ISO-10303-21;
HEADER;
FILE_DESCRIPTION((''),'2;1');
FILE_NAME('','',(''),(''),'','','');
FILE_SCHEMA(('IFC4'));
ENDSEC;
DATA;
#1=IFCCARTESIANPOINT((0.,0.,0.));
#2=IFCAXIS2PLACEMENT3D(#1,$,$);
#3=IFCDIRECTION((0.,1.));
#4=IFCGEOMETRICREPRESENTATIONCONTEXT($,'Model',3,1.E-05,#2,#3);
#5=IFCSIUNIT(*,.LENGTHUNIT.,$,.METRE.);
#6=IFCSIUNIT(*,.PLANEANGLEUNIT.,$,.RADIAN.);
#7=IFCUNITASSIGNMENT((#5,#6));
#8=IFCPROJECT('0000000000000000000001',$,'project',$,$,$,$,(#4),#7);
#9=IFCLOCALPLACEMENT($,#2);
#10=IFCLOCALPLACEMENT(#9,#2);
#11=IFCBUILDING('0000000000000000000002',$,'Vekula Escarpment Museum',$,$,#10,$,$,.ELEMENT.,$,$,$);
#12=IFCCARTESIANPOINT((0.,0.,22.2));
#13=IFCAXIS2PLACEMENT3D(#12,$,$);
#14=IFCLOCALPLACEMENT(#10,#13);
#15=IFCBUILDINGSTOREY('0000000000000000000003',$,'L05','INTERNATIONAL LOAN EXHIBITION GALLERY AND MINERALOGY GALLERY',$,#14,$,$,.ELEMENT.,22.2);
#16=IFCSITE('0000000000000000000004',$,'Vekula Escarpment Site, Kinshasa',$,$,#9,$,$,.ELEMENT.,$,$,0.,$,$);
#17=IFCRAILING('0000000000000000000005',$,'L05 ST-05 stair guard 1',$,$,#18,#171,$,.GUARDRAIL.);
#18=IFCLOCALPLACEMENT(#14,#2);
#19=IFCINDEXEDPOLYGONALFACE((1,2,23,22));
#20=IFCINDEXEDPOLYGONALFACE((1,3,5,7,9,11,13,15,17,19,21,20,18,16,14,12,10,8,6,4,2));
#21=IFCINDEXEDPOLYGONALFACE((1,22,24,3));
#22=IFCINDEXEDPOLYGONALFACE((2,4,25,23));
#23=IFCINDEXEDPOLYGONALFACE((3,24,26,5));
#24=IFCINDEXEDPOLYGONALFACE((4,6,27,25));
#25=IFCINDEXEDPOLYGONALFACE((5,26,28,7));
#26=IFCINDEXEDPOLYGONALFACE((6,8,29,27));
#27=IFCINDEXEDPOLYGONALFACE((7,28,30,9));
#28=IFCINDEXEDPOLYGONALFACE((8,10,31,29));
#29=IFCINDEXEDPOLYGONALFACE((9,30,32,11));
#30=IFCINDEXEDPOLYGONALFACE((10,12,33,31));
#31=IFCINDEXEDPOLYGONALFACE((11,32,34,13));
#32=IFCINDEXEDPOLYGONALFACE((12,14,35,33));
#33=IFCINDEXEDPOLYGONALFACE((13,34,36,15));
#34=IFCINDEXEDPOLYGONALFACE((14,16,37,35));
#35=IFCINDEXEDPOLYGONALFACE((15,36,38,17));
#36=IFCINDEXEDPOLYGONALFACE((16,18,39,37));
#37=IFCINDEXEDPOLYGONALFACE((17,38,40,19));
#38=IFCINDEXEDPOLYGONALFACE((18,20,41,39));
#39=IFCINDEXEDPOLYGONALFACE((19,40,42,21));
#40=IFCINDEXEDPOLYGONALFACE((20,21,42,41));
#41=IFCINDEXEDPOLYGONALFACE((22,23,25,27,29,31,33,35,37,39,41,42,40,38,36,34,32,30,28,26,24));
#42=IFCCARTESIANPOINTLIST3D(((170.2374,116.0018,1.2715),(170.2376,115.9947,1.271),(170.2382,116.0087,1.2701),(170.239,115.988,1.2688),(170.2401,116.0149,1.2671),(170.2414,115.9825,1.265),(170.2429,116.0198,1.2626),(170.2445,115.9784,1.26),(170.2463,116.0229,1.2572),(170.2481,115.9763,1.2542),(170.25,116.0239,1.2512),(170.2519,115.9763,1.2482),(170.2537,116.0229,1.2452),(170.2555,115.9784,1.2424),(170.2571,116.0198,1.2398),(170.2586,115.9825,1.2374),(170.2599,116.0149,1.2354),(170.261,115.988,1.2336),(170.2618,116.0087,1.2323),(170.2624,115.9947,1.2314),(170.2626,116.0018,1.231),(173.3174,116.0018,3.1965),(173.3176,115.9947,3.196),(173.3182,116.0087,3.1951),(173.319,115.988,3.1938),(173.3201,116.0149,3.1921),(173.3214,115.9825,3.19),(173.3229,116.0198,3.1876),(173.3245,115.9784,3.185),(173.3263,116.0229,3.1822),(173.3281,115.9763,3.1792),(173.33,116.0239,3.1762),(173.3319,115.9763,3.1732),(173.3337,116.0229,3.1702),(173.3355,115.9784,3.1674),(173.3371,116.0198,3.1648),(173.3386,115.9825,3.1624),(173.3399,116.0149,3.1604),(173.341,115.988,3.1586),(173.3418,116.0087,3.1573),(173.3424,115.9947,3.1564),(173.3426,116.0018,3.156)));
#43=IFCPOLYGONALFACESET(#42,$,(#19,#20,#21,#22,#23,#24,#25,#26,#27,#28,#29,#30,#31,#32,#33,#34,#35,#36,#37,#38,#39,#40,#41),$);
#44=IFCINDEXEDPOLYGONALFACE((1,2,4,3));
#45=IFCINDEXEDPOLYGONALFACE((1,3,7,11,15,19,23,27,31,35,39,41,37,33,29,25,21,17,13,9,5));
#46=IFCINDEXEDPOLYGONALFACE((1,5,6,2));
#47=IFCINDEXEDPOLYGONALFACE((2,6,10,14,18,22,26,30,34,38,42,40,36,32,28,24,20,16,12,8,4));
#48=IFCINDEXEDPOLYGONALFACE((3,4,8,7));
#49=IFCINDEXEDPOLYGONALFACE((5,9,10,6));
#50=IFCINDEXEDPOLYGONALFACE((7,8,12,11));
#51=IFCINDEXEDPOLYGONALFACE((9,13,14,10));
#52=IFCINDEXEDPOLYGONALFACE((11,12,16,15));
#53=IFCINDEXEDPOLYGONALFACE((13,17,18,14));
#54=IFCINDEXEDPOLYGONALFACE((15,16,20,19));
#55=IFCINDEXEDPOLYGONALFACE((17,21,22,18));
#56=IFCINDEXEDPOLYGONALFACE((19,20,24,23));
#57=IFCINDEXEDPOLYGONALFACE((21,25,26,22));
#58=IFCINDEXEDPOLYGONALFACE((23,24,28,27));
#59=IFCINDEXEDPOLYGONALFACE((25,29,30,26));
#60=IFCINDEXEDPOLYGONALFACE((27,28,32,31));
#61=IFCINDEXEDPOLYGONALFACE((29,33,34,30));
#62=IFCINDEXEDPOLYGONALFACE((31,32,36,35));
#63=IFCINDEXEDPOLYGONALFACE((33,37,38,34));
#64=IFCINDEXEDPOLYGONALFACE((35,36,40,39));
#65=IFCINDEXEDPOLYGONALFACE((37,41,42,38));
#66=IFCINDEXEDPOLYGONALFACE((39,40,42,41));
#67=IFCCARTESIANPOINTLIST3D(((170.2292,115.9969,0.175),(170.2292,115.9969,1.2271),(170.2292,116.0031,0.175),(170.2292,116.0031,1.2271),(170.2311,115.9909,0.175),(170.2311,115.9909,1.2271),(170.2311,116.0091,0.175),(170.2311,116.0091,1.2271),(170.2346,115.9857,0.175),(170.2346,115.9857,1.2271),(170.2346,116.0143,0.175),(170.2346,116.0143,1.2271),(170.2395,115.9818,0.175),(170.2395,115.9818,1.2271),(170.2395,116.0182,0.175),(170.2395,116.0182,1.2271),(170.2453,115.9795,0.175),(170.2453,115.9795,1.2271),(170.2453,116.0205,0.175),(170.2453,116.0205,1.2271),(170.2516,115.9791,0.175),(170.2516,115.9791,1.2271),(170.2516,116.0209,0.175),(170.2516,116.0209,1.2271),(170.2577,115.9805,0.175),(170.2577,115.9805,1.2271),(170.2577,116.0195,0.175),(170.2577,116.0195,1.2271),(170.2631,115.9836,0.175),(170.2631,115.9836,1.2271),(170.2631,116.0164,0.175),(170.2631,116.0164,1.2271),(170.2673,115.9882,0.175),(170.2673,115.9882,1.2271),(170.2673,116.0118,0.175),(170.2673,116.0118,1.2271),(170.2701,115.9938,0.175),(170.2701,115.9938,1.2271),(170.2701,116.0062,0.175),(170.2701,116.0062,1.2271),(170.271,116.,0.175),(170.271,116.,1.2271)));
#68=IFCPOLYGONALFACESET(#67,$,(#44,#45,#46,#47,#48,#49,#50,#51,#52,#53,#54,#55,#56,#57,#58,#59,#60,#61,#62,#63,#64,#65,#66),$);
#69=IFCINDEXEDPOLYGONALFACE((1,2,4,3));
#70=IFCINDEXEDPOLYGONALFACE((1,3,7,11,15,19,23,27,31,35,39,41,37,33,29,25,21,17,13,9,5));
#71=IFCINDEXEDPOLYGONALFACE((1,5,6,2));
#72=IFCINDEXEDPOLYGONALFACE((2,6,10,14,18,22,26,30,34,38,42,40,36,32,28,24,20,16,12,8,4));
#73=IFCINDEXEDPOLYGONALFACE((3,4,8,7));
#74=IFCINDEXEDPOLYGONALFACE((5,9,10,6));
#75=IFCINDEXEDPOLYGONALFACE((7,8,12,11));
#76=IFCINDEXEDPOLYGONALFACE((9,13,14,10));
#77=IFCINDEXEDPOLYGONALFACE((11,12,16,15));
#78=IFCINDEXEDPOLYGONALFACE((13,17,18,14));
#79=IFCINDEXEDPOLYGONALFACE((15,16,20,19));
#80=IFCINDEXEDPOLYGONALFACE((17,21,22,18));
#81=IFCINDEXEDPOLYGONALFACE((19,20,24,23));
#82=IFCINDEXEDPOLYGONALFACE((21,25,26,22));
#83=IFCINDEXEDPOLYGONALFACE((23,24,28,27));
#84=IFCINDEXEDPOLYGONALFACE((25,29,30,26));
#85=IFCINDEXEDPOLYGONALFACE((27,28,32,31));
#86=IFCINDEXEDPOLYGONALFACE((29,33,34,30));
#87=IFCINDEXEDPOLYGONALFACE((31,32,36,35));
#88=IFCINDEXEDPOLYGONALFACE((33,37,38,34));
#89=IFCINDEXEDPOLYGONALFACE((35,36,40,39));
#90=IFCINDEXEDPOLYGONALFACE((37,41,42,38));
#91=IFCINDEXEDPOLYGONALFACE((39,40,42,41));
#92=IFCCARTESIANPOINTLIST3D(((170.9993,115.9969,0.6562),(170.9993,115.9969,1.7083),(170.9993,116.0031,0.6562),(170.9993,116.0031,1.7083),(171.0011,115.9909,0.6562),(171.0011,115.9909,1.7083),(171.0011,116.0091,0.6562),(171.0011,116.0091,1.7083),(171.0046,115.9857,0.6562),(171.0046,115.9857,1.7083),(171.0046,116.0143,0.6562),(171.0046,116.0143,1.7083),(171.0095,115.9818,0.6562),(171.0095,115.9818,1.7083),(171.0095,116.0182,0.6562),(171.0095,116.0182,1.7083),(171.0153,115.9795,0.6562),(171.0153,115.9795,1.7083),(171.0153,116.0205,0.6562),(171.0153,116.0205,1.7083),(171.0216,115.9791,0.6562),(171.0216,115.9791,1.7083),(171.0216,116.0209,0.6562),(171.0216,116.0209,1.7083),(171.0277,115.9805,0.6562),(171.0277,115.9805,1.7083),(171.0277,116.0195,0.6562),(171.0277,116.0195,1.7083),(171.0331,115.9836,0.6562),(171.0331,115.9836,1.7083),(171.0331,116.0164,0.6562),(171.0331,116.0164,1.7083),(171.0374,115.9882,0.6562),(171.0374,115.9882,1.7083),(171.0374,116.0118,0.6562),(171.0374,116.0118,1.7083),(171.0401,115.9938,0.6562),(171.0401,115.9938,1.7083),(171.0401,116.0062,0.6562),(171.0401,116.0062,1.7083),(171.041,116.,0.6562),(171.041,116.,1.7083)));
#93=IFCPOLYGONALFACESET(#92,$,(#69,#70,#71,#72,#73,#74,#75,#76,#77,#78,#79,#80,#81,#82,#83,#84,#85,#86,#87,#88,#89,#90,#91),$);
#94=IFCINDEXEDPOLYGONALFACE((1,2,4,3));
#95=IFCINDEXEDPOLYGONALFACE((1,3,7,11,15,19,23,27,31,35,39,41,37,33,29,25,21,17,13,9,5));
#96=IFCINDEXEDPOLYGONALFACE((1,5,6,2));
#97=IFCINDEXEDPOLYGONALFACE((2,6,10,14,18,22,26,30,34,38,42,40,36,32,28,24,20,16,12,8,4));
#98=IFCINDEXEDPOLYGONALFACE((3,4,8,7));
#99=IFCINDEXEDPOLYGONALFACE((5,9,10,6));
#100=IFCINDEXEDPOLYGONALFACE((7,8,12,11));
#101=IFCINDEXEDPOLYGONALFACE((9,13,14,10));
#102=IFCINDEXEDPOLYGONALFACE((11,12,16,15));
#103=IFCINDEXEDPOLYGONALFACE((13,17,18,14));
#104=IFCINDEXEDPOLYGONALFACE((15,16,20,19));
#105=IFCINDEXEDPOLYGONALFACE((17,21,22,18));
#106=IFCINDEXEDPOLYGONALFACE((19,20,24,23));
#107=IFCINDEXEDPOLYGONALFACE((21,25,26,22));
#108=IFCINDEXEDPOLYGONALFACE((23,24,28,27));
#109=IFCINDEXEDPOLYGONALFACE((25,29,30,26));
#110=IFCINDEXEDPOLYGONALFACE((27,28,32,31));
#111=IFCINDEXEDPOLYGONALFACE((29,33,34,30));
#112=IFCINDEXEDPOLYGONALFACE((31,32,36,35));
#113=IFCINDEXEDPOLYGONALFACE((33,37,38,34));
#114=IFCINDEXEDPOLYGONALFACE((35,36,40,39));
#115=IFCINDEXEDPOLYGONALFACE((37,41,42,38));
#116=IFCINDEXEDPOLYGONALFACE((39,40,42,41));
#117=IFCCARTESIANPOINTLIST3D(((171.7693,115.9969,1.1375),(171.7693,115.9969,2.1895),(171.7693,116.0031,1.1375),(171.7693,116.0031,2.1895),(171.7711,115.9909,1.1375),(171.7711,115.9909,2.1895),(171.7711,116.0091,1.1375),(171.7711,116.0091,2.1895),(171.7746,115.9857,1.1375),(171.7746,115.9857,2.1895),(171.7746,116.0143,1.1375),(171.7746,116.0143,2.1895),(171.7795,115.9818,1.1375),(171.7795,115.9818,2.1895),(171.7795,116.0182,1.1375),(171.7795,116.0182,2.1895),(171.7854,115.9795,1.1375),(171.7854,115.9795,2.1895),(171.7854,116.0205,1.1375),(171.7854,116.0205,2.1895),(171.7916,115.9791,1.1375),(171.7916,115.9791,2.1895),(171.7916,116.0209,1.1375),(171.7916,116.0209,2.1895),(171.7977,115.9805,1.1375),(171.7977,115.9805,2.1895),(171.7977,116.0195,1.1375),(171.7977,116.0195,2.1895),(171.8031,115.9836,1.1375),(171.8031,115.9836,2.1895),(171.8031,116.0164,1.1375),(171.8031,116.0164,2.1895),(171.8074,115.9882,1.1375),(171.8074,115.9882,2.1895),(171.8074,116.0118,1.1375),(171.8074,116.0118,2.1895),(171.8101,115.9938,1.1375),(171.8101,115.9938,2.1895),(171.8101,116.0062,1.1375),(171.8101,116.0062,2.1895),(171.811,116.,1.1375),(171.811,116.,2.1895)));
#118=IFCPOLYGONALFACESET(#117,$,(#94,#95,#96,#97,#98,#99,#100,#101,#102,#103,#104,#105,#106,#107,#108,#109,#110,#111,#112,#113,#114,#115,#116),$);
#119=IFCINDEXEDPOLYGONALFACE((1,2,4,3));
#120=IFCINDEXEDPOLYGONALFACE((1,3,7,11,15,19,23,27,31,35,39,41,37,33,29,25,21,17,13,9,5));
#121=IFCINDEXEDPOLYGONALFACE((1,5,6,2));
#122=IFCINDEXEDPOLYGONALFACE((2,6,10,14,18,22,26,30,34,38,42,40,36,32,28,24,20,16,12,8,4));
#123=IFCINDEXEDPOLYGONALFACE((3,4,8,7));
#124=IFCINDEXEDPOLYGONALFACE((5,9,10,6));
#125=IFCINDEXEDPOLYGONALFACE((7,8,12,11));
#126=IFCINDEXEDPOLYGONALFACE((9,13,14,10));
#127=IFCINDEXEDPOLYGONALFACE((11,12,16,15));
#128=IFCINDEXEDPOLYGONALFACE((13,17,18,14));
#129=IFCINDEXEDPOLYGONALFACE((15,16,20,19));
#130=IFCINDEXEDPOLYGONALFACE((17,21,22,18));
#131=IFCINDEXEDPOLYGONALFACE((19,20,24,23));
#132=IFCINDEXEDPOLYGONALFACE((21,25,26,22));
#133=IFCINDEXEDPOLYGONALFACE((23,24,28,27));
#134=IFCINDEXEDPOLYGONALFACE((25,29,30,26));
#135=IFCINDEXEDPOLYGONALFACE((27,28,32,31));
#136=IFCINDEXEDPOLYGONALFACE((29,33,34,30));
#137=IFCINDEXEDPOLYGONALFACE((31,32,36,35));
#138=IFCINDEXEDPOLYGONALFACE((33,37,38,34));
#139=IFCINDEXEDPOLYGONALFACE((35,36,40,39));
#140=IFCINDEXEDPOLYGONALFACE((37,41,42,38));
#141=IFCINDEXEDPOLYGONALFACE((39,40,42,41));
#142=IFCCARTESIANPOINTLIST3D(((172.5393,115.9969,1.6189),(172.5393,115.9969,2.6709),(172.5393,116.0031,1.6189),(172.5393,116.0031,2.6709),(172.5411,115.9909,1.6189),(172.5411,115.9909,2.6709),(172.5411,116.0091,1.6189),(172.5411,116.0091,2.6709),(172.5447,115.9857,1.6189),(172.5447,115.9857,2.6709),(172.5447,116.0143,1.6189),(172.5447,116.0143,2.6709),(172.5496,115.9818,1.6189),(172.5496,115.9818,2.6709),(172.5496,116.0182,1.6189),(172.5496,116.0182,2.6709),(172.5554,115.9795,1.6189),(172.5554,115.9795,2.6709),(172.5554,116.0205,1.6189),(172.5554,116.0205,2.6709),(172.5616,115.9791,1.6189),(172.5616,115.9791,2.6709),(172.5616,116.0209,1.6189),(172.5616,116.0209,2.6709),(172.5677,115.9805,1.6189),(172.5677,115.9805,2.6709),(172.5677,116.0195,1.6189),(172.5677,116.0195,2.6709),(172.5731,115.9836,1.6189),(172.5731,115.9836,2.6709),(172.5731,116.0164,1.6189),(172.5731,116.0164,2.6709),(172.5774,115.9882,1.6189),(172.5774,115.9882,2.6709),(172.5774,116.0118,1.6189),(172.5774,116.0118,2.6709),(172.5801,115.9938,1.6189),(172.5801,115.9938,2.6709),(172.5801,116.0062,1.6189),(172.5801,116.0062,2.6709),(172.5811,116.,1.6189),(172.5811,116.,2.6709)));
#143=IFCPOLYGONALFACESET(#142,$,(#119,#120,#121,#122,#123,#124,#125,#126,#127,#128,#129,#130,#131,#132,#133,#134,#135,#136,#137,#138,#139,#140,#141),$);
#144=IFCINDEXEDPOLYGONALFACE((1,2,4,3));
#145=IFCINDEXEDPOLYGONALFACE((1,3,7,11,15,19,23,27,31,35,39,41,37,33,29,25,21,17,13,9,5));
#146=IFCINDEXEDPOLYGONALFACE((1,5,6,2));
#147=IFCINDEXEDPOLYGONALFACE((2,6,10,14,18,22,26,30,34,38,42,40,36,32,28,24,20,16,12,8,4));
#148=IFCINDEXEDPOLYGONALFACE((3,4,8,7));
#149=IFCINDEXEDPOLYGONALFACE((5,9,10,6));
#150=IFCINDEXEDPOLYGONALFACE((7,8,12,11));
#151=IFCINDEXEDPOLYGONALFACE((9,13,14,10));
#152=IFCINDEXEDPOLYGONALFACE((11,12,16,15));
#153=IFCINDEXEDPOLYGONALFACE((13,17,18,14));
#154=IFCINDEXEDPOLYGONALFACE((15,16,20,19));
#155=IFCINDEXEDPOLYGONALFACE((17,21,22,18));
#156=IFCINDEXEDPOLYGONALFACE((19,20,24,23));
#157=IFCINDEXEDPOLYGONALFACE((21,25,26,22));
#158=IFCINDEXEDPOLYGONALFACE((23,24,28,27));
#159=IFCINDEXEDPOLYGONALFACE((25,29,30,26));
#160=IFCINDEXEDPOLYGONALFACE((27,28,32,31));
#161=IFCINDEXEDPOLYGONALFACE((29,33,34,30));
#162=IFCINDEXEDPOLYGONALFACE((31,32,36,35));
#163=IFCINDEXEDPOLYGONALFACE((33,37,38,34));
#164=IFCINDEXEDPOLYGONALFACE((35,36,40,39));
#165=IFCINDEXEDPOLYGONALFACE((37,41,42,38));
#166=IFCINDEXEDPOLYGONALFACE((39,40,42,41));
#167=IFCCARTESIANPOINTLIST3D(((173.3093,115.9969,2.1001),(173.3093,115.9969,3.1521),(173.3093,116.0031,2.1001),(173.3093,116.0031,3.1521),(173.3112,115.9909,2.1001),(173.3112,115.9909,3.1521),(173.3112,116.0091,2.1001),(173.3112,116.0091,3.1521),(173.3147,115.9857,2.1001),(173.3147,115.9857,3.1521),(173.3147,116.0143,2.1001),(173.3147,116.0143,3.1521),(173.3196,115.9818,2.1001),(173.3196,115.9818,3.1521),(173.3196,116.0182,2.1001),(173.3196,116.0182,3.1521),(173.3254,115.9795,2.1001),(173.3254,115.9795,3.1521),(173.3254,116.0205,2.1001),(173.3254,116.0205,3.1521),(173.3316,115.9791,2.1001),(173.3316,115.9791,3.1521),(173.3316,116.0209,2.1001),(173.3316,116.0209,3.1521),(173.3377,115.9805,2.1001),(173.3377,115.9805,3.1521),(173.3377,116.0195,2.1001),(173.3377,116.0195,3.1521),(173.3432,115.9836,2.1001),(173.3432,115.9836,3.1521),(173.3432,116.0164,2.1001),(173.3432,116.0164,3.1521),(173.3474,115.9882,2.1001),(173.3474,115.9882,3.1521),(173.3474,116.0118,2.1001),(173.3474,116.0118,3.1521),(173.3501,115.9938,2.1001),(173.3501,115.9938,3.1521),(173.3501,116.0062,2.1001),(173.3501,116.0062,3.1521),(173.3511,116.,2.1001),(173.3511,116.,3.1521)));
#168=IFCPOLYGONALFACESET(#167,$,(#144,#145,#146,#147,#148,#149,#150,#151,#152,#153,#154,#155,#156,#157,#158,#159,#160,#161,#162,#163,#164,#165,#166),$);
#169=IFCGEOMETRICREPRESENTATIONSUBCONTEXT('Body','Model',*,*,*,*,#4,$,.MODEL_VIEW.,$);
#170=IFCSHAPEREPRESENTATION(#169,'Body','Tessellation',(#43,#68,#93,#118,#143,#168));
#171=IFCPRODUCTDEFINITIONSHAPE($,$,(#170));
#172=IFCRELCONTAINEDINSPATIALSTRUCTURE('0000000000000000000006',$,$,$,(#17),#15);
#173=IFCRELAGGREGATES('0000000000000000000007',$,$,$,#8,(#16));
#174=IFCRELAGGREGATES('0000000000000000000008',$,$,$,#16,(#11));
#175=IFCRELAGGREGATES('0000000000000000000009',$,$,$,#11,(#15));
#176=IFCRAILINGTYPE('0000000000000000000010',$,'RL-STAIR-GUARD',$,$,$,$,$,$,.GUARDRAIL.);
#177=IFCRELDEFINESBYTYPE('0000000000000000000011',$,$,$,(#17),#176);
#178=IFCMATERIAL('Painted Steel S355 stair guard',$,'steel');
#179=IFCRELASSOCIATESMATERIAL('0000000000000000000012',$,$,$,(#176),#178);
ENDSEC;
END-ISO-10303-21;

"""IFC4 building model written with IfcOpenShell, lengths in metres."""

from ifc_helpers import new_model, si_unit, direction, frame, origin, origin_2d, place, context, subcontext, project, spatial, circle, extrude, material, type_object, element, save


model = new_model("IFC4")

# Units and contexts
model_context = context("Model", 3, precision=1e-05, world=origin(), true_north=direction((0.0, 1.0)))
body_context = subcontext(model_context, "Body", "Model", "MODEL_VIEW")
ifc_project = project(units=[si_unit("LENGTHUNIT", "METRE"), si_unit("PLANEANGLEUNIT", "RADIAN")], contexts=[model_context])

# Site, building, storey
site_placement = place(None, origin())
site = spatial("IfcSite", under=ifc_project, at=site_placement, Name="Vekula Escarpment Site, Kinshasa", CompositionType="ELEMENT", RefElevation=0.0)
building_placement = place(site_placement, origin())
building = spatial("IfcBuilding", under=site, at=building_placement, Name="Vekula Escarpment Museum", CompositionType="ELEMENT")
storey_placement = place(building_placement, frame((0.0, 0.0, 22.2)))
storey = spatial("IfcBuildingStorey", under=building, at=storey_placement, Name="L05", Description="INTERNATIONAL LOAN EXHIBITION GALLERY AND MINERALOGY GALLERY", CompositionType="ELEMENT", Elevation=22.2)

# Railing
ifc_material_1 = material(Name="Painted Steel S355 stair guard", Category="steel")
railing_type_1 = type_object("IfcRailingType", Name="RL-STAIR-GUARD", PredefinedType="GUARDRAIL", material=ifc_material_1)
railing_1_placement = place(storey_placement, frame((170.25, 116.0, 0.175)))
element("IfcRailing", 1, at=railing_1_placement, inside=storey, type_object=railing_type_1, Name="L05 ST-05 stair guard 1", PredefinedType="GUARDRAIL", context=body_context, shape_type="SweptSolid", body=[
    extrude(circle(Radius=0.0239, at=origin_2d()), frame((0.0, 0.0, 1.0762), z_axis=(0.847998, 0.0, 0.529999), x_axis=(0.0, 1.0, 0.0)), (0.0, 0.0, 1.0), 3.6321),
    extrude(circle(Radius=0.021, at=origin_2d()), origin(), (0.0, 0.0, 1.0), 1.052),
    extrude(circle(Radius=0.021, at=origin_2d()), frame((0.77, 0.0, 0.4812)), (0.0, 0.0, 1.0), 1.052),
    extrude(circle(Radius=0.021, at=origin_2d()), frame((1.54, 0.0, 0.9624)), (0.0, 0.0, 1.0), 1.052),
    extrude(circle(Radius=0.021, at=origin_2d()), frame((2.3101, 0.0, 1.4438)), (0.0, 0.0, 1.0), 1.052),
    extrude(circle(Radius=0.021, at=origin_2d()), frame((3.0801, 0.0, 1.925)), (0.0, 0.0, 1.0), 1.052),
])

save(model, "model.ifc")
